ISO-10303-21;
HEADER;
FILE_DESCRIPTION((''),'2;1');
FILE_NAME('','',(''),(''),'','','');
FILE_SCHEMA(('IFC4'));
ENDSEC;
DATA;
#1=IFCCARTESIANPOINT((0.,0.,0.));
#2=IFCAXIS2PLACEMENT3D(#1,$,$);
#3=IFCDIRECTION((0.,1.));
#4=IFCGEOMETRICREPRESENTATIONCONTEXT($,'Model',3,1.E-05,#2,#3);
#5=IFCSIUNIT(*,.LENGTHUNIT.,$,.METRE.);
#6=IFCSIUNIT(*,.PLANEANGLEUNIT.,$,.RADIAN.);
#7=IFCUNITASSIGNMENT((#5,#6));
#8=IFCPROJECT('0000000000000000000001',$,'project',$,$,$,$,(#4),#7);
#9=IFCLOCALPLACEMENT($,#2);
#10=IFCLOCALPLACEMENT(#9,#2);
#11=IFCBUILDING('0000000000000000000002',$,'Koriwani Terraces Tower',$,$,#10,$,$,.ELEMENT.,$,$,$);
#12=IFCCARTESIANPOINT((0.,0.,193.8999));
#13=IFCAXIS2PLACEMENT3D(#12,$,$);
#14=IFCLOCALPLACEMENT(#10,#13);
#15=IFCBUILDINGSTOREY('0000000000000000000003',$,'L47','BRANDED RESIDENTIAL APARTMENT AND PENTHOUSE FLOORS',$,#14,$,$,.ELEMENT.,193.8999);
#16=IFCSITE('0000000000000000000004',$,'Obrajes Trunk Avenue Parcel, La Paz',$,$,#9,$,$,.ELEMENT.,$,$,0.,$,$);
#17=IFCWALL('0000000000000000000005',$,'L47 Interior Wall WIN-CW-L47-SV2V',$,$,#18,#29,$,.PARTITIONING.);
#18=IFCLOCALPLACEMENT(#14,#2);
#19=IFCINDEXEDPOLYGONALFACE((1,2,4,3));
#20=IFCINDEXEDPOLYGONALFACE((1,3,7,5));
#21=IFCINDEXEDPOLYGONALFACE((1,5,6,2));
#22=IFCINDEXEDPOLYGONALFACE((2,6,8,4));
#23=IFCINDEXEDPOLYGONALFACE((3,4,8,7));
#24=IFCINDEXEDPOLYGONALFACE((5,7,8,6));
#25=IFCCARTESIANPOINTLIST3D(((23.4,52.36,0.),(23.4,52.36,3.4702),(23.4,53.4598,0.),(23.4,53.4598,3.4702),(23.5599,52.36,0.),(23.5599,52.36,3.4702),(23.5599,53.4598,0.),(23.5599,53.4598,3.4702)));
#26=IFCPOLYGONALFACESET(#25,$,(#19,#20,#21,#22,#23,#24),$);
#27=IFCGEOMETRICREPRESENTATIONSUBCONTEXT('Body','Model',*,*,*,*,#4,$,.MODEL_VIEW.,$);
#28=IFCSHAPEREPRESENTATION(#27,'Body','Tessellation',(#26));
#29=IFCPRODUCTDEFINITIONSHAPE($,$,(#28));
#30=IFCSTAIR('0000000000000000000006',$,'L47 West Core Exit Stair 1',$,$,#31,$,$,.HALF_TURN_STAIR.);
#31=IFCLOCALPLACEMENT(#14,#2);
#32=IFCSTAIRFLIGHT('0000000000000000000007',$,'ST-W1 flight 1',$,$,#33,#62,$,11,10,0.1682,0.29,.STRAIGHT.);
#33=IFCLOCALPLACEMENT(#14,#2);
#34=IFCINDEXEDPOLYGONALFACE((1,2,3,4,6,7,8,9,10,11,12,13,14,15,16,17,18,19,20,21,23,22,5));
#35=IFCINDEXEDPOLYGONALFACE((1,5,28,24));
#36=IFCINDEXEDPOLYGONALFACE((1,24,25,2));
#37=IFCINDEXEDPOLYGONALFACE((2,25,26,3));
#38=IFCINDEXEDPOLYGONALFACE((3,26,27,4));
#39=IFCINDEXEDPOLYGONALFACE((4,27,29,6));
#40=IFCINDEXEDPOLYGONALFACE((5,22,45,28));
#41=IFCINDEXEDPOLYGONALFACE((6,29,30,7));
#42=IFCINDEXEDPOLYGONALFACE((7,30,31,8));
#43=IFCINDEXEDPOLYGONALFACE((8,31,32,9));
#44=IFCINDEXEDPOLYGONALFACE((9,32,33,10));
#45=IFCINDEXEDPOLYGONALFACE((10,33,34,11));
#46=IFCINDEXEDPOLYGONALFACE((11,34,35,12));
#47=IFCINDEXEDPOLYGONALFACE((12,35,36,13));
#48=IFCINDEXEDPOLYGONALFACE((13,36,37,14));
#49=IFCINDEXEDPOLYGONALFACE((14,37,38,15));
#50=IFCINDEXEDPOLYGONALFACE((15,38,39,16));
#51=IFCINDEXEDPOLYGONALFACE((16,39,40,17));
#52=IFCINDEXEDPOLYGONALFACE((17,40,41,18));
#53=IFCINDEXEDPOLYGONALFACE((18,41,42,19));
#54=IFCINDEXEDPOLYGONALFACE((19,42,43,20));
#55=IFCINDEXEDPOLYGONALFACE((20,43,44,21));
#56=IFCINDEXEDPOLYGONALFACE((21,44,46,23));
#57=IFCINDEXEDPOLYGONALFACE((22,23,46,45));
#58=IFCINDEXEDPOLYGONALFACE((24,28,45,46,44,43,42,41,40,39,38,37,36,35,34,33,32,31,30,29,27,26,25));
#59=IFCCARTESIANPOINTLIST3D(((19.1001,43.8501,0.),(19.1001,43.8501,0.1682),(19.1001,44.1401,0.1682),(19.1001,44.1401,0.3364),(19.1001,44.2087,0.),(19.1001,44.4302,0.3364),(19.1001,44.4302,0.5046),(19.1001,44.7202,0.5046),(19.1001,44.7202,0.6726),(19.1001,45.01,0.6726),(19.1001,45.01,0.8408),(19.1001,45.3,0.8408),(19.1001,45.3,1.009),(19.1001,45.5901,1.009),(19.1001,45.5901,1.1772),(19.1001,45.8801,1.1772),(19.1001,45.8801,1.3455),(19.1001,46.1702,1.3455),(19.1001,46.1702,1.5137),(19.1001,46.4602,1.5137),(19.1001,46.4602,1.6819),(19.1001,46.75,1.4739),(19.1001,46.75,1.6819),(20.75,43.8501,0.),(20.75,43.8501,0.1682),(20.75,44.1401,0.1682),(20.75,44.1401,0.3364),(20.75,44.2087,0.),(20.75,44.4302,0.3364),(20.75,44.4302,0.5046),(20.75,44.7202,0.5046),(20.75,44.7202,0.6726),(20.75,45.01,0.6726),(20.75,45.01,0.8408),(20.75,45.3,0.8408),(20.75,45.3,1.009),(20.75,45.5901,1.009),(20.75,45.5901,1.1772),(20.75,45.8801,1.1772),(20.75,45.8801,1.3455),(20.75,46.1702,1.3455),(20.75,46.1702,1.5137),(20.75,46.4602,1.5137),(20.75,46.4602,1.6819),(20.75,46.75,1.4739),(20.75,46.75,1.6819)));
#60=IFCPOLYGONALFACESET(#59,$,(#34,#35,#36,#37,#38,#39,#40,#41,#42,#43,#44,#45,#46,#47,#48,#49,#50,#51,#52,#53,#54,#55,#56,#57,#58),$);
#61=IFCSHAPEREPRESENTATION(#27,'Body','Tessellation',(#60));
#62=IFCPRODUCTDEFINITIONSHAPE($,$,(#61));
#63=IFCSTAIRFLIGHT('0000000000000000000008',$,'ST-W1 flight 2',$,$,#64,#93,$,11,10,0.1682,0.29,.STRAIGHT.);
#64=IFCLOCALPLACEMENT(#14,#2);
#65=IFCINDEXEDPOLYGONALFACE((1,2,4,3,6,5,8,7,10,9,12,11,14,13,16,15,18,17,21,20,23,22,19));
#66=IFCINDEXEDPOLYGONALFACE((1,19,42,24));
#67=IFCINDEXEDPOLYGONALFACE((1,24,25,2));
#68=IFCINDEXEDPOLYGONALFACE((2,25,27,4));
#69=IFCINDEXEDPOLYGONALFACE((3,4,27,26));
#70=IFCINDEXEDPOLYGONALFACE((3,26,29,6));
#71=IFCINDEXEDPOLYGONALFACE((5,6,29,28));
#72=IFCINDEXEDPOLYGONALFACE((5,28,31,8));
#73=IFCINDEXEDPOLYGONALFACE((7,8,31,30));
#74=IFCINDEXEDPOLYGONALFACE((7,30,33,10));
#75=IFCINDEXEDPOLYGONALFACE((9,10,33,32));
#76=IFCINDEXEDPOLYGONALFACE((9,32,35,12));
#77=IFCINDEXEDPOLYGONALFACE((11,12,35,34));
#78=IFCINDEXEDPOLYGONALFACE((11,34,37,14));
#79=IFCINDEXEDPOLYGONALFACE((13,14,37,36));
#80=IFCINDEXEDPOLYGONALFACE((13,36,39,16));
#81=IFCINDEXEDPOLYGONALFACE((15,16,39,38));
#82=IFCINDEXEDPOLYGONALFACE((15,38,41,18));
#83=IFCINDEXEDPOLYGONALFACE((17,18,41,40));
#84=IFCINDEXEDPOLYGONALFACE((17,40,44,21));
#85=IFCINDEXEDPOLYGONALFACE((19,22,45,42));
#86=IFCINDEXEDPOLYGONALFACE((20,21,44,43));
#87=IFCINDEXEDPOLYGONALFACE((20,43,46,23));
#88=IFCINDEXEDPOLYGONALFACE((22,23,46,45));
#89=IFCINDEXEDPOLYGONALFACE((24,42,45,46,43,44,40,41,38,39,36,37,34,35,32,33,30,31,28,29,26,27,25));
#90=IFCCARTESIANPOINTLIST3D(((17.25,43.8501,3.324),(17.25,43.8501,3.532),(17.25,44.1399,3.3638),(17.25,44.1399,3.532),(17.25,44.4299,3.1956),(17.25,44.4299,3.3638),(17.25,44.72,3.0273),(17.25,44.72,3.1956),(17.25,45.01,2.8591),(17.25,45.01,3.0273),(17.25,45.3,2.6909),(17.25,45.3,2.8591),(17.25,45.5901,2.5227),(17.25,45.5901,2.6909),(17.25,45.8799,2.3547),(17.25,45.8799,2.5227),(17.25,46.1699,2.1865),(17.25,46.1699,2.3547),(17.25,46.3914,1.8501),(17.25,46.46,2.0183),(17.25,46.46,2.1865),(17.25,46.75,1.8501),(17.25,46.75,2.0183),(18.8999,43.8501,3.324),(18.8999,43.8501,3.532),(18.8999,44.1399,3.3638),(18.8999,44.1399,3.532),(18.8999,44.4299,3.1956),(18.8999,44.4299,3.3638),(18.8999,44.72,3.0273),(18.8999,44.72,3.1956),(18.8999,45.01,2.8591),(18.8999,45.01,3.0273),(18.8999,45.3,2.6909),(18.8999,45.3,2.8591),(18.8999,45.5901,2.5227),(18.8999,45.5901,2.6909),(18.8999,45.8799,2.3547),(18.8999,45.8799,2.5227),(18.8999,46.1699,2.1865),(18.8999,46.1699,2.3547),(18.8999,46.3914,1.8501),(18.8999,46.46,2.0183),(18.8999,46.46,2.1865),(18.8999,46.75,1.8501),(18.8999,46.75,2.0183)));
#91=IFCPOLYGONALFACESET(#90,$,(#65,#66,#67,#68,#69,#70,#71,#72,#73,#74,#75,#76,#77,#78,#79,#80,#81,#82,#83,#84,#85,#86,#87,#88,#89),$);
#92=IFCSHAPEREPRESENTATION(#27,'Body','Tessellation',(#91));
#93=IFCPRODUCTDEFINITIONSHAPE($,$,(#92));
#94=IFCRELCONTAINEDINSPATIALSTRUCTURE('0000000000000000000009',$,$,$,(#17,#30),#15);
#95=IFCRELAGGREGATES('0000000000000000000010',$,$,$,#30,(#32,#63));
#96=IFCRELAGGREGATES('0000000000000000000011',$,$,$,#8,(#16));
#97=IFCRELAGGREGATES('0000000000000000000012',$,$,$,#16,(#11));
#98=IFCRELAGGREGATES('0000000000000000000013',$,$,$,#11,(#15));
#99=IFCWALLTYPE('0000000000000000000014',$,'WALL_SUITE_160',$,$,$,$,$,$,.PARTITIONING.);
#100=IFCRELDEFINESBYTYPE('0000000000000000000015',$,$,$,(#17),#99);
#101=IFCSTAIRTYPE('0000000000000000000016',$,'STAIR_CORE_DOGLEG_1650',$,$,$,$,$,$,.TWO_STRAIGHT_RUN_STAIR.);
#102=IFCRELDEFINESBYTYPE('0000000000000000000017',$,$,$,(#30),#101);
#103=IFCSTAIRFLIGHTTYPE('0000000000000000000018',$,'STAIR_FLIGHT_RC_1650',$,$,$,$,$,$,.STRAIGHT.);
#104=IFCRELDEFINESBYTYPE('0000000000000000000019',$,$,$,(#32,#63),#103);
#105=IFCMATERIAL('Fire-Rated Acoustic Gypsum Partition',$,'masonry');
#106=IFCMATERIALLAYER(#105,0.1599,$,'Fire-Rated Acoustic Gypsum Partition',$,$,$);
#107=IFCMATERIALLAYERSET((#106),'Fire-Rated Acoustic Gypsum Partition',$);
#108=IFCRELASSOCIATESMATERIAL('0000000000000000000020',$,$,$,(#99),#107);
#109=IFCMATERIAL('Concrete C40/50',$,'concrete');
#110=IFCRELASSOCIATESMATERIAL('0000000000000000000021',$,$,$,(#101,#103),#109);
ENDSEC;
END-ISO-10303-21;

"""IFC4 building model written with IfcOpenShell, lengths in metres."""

from ifc_helpers import new_model, si_unit, direction, frame, frame_2d, origin, place, context, subcontext, project, spatial, polyline, rectangle, outline, extrude, material, layer, layer_set, type_object, element, aggregate, save


model = new_model("IFC4")

# Units and contexts
model_context = context("Model", 3, precision=1e-05, world=origin(), true_north=direction((0.0, 1.0)))
body_context = subcontext(model_context, "Body", "Model", "MODEL_VIEW")
ifc_project = project(units=[si_unit("LENGTHUNIT", "METRE"), si_unit("PLANEANGLEUNIT", "RADIAN")], contexts=[model_context])

# Site, building, storey
site_placement = place(None, origin())
site = spatial("IfcSite", under=ifc_project, at=site_placement, Name="Obrajes Trunk Avenue Parcel, La Paz", CompositionType="ELEMENT", RefElevation=0.0)
building_placement = place(site_placement, origin())
building = spatial("IfcBuilding", under=site, at=building_placement, Name="Koriwani Terraces Tower", CompositionType="ELEMENT")
storey_placement = place(building_placement, frame((0.0, 0.0, 193.8999)))
storey = spatial("IfcBuildingStorey", under=building, at=storey_placement, Name="L47", Description="BRANDED RESIDENTIAL APARTMENT AND PENTHOUSE FLOORS", CompositionType="ELEMENT", Elevation=193.8999)

# Shared definitions
ifc_material_1 = material(Name="Concrete C40/50", Category="concrete")

# Shared definitions
ifc_material_2 = material(Name="Fire-Rated Acoustic Gypsum Partition", Category="masonry")
ifc_layer_1 = layer(ifc_material_2, 0.1599, Name="Fire-Rated Acoustic Gypsum Partition")
ifc_layer_set_1 = layer_set([ifc_layer_1], Name="Fire-Rated Acoustic Gypsum Partition")
wall_type_1 = type_object("IfcWallType", Name="WALL_SUITE_160", PredefinedType="PARTITIONING", material=ifc_layer_set_1)

# Wall
wall_1_placement = place(storey_placement, frame((23.48, 52.3601, 0.0), z_axis=(0.0, 0.0, 1.0), x_axis=(0.0, 1.0, 0.0)))
element("IfcWall", 1, at=wall_1_placement, inside=storey, type_object=wall_type_1, Name="L47 Interior Wall WIN-CW-L47-SV2V", PredefinedType="PARTITIONING", context=body_context, shape_type="SweptSolid", body=[
    extrude(rectangle(XDim=1.0999, YDim=0.1599, at=frame_2d((0.5498, 0.0))), origin(), (0.0, 0.0, 1.0), 3.4702),
])

# Stair, stair flights
stair_type = type_object("IfcStairType", Name="STAIR_CORE_DOGLEG_1650", PredefinedType="TWO_STRAIGHT_RUN_STAIR", material=ifc_material_1)
stair_placement = place(storey_placement, origin())
stair = element("IfcStair", 2, at=stair_placement, inside=storey, type_object=stair_type, Name="L47 West Core Exit Stair 1", PredefinedType="HALF_TURN_STAIR")
stair_flight_type = type_object("IfcStairFlightType", Name="STAIR_FLIGHT_RC_1650", PredefinedType="STRAIGHT", material=ifc_material_1)
stair_flight_1_placement = place(storey_placement, frame((19.925, 43.8501, 0.0), z_axis=(0.0, 0.0, 1.0), x_axis=(0.0, 1.0, 0.0)))
stair_flight_1 = element("IfcStairFlight", 3, at=stair_flight_1_placement, type_object=stair_flight_type, Name="ST-W1 flight 1", NumberOfRisers=11, NumberOfTreads=10, PredefinedType="STRAIGHT", RiserHeight=0.1682, TreadLength=0.29, context=body_context, shape_type="SweptSolid", body=[
    extrude(outline(polyline([(0.0, 0.0), (0.0, 0.1682), (0.29, 0.1682), (0.29, 0.3364), (0.5801, 0.3364), (0.5801, 0.5046), (0.8701, 0.5046), (0.8701, 0.6726), (1.1599, 0.6726), (1.1599, 0.8408), (1.45, 0.8408), (1.45, 1.009), (1.74, 1.009), (1.74, 1.1772), (2.03, 1.1772), (2.03, 1.3455), (2.3201, 1.3455), (2.3201, 1.5137), (2.6101, 1.5137), (2.6101, 1.6819), (2.8999, 1.6819), (2.8999, 1.8501), (2.8999, 1.4739), (0.3586, 0.0), (0.0, 0.0)])), frame((0.0, 0.825, 0.0), z_axis=(0.0, -1.0, 0.0), x_axis=(1.0, 0.0, 0.0)), (0.0, 0.0, 1.0), 1.6499),
])
stair_flight_2_placement = place(storey_placement, frame((18.075, 46.75, 1.8501), z_axis=(0.0, 0.0, 1.0), x_axis=(0.0, -1.0, 0.0)))
stair_flight_2 = element("IfcStairFlight", 4, at=stair_flight_2_placement, type_object=stair_flight_type, Name="ST-W1 flight 2", NumberOfRisers=11, NumberOfTreads=10, PredefinedType="STRAIGHT", RiserHeight=0.1682, TreadLength=0.29, context=body_context, shape_type="SweptSolid", body=[
    extrude(outline(polyline([(0.0, 0.0), (0.0, 0.1682), (0.29, 0.1682), (0.29, 0.3364), (0.5801, 0.3364), (0.5801, 0.5046), (0.8701, 0.5046), (0.8701, 0.6726), (1.1599, 0.6726), (1.1599, 0.8408), (1.45, 0.8408), (1.45, 1.009), (1.74, 1.009), (1.74, 1.1772), (2.03, 1.1772), (2.03, 1.3455), (2.3201, 1.3455), (2.3201, 1.5137), (2.6101, 1.5137), (2.6101, 1.6819), (2.8999, 1.6819), (2.8999, 1.8501), (2.8999, 1.4739), (0.3586, 0.0), (0.0, 0.0)])), frame((0.0, 0.825, 0.0), z_axis=(0.0, -1.0, 0.0), x_axis=(1.0, 0.0, 0.0)), (0.0, 0.0, 1.0), 1.6499),
])
aggregate(stair, [stair_flight_1, stair_flight_2])

save(model, "model.ifc")
